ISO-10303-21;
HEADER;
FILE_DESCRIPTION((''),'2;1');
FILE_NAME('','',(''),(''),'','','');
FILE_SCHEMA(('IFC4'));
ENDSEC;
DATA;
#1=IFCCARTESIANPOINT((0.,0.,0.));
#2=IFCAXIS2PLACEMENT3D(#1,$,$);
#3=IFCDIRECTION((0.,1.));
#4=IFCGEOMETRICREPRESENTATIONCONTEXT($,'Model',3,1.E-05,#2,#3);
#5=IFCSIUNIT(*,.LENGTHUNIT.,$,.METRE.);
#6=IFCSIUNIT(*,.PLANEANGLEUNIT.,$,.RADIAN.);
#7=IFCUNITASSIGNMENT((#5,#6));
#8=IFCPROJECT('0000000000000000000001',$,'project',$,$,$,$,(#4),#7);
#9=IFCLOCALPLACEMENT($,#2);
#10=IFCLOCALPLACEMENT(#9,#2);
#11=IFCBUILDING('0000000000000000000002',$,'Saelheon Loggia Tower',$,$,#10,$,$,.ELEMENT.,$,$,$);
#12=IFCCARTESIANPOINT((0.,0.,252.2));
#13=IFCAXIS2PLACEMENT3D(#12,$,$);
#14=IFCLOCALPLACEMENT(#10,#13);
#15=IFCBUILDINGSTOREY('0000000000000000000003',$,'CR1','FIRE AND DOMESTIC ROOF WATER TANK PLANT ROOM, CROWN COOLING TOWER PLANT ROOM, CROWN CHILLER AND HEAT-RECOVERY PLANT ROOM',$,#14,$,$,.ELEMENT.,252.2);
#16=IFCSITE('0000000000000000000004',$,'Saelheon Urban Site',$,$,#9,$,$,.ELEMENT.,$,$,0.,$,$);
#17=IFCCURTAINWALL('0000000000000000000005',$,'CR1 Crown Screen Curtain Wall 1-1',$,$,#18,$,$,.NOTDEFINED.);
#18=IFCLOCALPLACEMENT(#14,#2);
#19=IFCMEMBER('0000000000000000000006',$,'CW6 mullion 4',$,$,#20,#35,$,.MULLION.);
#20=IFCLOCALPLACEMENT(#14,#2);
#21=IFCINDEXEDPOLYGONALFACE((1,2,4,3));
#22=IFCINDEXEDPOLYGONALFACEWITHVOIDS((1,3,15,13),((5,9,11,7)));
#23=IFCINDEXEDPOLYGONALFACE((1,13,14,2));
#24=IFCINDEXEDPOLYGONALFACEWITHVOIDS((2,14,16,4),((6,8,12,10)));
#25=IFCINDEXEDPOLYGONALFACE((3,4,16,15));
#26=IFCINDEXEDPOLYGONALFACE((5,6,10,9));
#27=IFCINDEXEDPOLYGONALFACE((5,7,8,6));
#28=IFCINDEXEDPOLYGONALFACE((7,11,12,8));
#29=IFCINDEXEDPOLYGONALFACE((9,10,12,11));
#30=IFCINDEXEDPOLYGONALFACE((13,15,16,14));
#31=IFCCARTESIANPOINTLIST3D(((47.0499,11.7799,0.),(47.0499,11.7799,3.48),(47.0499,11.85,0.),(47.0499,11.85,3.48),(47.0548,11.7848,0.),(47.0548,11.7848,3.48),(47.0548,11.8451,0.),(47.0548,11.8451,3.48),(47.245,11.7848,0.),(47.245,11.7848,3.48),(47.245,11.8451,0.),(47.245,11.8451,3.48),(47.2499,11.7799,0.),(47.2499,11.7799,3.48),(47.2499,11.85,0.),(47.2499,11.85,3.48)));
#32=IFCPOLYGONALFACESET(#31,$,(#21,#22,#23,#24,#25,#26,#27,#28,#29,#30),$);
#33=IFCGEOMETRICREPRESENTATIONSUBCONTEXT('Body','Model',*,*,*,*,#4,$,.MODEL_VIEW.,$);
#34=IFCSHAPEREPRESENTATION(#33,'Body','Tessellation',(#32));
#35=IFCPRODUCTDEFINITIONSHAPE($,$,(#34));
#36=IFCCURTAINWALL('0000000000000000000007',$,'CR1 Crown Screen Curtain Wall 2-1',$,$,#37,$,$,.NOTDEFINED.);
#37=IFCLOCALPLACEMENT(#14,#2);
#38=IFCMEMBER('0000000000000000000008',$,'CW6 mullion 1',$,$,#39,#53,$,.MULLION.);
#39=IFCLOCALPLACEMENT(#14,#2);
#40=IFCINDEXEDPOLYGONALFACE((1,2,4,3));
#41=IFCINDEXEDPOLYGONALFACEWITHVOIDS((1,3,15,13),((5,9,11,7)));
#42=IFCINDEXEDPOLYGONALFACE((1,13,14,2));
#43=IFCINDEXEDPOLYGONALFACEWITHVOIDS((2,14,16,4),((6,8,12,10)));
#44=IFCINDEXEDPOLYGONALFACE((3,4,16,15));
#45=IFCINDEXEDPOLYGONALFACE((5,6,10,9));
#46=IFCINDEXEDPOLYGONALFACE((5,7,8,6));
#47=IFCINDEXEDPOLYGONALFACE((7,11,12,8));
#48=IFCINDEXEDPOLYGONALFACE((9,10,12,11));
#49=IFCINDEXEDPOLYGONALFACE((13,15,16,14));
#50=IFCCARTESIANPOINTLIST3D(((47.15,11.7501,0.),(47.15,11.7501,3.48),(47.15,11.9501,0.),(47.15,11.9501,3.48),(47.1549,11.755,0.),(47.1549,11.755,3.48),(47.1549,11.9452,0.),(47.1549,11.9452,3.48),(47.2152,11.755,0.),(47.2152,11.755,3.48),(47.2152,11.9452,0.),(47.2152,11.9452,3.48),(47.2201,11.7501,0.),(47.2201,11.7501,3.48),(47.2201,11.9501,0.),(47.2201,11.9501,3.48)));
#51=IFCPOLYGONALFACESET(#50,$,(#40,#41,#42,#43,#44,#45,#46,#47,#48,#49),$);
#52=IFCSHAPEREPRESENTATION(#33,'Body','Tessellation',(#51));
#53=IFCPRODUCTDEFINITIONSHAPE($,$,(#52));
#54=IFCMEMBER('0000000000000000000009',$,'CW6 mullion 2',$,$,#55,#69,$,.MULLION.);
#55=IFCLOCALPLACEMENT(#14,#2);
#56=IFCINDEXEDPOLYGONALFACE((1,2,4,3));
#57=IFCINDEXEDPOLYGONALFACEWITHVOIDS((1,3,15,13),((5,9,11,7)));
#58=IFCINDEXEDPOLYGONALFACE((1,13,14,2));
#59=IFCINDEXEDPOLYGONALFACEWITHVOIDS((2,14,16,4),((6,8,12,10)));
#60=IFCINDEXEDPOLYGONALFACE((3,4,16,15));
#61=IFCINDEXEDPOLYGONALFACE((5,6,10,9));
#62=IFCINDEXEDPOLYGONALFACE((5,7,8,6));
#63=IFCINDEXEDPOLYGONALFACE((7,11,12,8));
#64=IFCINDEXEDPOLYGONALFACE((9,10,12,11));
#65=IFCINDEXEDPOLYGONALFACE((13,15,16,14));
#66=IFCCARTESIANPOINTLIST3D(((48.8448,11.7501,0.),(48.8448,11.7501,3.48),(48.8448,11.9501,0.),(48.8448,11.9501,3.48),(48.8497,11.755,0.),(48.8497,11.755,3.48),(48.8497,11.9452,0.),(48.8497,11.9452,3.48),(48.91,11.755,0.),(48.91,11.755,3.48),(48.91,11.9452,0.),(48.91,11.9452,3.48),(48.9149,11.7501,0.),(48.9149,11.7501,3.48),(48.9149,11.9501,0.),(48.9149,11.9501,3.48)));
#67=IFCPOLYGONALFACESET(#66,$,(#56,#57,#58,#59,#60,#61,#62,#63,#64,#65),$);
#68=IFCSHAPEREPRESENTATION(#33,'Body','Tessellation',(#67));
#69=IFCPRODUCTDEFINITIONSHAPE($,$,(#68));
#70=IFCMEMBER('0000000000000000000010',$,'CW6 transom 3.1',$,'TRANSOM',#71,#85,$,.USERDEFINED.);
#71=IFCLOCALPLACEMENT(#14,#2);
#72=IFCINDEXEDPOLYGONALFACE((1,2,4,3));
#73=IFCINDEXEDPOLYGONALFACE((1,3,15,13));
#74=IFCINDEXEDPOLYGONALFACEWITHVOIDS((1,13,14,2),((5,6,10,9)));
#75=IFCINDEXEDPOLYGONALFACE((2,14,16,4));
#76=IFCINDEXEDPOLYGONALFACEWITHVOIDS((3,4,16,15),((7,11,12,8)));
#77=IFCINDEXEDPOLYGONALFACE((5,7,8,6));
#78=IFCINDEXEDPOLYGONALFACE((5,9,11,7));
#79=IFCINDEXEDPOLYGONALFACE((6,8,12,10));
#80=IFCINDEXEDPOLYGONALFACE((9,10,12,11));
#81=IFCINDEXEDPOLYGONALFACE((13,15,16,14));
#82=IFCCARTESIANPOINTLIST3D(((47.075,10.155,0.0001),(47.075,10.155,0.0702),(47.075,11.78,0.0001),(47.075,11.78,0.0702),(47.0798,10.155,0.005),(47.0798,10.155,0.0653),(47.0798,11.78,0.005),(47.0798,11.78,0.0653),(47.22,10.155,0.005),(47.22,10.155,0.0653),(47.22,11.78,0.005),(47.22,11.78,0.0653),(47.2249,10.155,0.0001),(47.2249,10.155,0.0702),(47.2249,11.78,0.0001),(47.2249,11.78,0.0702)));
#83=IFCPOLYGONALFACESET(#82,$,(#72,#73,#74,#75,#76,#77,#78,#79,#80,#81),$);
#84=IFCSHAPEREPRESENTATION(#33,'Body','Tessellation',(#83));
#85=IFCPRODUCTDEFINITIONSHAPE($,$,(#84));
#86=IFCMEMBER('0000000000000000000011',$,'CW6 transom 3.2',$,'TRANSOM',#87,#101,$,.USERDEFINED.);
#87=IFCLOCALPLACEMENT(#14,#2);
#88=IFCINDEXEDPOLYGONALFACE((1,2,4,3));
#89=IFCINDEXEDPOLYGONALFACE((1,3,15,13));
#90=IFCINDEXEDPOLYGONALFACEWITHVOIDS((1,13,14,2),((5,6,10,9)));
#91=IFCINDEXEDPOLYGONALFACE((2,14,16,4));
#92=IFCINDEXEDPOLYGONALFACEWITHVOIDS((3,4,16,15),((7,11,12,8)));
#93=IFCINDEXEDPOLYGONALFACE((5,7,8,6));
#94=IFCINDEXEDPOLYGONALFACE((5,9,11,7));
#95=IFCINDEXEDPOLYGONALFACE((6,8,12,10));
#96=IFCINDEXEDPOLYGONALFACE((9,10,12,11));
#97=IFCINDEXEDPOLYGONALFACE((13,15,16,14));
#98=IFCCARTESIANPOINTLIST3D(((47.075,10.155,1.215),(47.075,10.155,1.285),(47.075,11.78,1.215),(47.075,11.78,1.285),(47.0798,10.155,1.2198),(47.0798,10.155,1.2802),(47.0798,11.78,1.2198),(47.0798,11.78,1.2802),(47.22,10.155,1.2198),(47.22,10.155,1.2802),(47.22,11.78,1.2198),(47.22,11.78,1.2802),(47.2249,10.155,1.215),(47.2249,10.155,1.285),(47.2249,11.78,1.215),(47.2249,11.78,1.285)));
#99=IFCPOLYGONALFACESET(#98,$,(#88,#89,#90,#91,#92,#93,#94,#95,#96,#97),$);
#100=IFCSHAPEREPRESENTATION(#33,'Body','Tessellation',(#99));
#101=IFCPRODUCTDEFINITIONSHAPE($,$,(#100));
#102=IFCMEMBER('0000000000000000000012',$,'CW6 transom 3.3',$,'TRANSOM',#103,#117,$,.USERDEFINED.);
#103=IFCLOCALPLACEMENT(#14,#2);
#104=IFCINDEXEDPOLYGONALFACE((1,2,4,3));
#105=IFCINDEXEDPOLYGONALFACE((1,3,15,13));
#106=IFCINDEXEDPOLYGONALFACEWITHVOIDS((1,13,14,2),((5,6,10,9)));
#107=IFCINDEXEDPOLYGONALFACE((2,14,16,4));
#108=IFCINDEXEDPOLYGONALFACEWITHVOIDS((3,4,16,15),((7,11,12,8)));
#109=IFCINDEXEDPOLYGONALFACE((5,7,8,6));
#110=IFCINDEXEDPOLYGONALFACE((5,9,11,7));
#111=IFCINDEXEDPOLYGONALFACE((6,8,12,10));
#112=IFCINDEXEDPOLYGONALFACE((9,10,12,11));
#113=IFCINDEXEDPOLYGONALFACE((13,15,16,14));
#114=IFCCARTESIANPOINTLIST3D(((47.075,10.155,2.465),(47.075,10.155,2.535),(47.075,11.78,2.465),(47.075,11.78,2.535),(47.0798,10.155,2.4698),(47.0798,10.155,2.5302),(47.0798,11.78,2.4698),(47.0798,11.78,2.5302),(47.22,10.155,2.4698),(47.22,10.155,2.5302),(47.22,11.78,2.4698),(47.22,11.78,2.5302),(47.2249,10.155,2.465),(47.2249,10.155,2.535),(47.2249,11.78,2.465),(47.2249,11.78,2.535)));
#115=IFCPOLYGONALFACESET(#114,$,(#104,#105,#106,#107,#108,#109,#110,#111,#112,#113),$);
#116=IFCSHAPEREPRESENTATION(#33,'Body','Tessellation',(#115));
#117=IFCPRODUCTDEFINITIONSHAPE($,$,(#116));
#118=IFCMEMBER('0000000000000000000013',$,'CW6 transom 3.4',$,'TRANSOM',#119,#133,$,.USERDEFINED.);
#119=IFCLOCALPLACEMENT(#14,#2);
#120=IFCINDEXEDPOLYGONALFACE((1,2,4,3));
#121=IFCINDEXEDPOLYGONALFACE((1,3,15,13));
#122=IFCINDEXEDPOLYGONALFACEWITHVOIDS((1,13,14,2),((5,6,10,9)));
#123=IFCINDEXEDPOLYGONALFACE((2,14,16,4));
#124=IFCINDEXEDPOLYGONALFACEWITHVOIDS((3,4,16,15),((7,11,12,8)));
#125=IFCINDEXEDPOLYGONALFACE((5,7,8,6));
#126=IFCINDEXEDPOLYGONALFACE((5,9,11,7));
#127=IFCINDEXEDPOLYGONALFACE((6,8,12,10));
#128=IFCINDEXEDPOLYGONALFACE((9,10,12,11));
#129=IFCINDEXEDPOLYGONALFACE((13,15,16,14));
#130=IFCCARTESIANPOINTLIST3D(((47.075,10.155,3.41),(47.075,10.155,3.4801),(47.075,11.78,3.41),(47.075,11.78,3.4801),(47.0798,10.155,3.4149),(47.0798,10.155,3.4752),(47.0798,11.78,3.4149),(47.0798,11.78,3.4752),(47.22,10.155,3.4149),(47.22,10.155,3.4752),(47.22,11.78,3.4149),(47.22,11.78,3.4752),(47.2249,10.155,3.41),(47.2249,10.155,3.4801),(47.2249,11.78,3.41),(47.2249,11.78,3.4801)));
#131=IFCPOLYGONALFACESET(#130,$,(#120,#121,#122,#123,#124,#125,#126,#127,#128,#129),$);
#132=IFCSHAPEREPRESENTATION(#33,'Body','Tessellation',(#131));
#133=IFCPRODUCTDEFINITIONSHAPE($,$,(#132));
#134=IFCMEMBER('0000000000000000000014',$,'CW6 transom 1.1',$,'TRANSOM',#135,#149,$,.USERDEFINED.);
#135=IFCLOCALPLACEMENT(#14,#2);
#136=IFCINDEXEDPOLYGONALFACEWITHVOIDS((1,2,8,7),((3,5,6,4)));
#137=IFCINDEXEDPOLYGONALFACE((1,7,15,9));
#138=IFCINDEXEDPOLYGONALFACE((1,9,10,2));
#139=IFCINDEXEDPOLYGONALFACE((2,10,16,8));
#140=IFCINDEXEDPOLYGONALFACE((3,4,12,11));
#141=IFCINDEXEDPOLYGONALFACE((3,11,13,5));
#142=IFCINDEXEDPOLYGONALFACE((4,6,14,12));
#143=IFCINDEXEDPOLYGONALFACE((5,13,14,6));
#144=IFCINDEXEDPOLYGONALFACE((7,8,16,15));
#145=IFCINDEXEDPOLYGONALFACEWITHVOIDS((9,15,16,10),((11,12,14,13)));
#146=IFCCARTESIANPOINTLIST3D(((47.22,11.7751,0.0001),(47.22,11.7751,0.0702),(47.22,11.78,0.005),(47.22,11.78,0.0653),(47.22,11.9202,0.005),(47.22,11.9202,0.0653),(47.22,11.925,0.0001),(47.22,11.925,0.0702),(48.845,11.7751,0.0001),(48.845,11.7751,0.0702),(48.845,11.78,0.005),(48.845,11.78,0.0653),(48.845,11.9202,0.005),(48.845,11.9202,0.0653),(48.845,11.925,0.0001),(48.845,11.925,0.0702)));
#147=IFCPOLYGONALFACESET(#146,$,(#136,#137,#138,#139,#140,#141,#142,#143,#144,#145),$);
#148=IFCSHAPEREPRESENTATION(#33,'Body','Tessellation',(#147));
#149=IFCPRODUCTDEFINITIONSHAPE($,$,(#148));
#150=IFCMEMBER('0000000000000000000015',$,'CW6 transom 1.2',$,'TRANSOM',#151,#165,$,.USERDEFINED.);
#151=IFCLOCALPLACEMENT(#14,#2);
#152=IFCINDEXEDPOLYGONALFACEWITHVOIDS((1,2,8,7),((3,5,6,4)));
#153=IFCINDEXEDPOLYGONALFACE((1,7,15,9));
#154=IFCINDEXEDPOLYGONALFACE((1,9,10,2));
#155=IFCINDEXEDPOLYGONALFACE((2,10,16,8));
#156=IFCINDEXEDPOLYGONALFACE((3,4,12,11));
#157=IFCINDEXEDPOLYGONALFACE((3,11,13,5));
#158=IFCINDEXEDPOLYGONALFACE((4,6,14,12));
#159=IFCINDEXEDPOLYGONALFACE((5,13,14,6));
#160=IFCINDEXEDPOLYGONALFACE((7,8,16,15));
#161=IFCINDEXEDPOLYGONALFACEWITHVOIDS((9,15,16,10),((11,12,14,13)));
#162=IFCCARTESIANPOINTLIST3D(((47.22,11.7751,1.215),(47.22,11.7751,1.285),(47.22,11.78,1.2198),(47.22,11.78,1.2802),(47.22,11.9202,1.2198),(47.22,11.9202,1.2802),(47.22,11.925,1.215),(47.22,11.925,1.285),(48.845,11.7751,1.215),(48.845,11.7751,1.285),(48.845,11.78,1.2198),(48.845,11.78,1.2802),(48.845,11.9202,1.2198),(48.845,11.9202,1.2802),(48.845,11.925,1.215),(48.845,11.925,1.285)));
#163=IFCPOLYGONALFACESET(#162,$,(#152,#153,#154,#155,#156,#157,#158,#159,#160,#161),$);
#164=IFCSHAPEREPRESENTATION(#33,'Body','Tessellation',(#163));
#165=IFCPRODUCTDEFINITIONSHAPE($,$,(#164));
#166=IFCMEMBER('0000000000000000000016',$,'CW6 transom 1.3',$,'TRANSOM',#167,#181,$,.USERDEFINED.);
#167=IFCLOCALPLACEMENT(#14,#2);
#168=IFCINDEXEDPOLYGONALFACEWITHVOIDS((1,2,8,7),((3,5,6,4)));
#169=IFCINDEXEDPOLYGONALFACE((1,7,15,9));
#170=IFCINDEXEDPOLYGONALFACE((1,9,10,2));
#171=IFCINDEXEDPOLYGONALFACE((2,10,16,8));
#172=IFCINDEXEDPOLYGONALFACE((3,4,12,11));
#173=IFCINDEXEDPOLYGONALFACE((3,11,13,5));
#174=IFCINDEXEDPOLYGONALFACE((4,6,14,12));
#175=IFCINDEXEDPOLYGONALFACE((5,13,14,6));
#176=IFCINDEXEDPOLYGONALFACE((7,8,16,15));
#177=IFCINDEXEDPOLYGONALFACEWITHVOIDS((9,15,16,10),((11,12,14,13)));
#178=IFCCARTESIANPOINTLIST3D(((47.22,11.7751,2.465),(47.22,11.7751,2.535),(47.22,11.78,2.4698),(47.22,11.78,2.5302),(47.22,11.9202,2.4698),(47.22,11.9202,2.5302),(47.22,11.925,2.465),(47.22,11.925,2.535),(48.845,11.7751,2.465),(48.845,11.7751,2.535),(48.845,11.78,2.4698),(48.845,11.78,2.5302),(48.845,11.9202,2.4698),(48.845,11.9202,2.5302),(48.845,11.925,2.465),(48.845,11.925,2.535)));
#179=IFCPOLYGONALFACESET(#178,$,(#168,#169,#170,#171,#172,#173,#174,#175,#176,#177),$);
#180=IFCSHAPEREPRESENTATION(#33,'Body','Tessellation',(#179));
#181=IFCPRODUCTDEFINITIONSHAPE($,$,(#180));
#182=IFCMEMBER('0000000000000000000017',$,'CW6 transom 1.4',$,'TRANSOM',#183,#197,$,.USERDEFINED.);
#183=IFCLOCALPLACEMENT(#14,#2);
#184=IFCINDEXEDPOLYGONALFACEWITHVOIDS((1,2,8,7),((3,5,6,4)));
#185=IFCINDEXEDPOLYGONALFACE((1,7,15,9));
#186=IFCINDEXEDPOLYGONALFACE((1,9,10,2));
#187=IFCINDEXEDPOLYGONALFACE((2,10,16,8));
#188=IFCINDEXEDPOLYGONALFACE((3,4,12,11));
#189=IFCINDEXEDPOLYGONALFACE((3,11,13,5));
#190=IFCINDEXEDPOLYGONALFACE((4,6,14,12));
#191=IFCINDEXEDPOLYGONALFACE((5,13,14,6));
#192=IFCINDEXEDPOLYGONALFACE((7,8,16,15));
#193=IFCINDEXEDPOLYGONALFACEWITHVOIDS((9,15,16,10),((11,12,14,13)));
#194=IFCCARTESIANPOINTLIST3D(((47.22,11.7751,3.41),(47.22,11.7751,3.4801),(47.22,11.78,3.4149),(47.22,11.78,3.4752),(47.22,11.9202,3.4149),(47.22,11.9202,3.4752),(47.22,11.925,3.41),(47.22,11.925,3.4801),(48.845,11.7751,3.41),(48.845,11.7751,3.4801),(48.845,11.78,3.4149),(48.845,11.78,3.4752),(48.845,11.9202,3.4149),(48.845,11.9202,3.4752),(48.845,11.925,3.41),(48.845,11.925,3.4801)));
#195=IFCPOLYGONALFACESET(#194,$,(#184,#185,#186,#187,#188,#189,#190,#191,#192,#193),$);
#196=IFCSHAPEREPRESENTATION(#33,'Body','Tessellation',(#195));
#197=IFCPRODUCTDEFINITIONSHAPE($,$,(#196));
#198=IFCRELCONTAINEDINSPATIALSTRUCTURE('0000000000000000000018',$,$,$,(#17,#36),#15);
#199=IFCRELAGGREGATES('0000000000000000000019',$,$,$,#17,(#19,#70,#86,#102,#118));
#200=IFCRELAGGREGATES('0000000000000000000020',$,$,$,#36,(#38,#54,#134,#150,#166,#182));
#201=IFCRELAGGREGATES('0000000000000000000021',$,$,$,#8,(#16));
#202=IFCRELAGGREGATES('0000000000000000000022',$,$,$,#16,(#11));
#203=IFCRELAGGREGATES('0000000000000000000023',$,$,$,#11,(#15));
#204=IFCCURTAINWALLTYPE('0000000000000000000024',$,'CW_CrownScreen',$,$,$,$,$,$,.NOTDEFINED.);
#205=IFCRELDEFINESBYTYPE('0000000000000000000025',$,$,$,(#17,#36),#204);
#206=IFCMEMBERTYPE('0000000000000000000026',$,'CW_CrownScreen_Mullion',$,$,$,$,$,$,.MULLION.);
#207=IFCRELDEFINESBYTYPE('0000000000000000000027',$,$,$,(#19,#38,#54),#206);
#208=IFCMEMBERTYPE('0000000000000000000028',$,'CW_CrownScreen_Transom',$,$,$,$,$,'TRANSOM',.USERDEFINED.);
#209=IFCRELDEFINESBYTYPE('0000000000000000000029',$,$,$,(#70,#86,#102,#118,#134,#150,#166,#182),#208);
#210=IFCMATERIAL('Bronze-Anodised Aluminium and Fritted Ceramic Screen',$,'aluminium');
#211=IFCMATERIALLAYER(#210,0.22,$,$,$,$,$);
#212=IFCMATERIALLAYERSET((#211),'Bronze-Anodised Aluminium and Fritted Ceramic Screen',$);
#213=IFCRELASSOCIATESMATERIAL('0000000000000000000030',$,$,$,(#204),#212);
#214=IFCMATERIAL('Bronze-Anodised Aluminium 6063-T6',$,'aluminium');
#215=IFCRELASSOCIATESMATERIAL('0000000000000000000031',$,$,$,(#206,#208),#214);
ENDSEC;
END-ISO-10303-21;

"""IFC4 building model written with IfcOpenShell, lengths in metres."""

from ifc_helpers import new_model, si_unit, direction, frame, origin, origin_2d, place, context, subcontext, project, spatial, hollow_rectangle, extrude, source, transform, mapped, material, layer, layer_set, material_profile, profile_set, type_object, element, aggregate, save


model = new_model("IFC4")

# Units and contexts
model_context = context("Model", 3, precision=1e-05, world=origin(), true_north=direction((0.0, 1.0)))
body_context = subcontext(model_context, "Body", "Model", "MODEL_VIEW")
ifc_project = project(units=[si_unit("LENGTHUNIT", "METRE"), si_unit("PLANEANGLEUNIT", "RADIAN")], contexts=[model_context])

# Site, building, storey
site_placement = place(None, origin())
site = spatial("IfcSite", under=ifc_project, at=site_placement, Name="Saelheon Urban Site", CompositionType="ELEMENT", RefElevation=0.0)
building_placement = place(site_placement, origin())
building = spatial("IfcBuilding", under=site, at=building_placement, Name="Saelheon Loggia Tower", CompositionType="ELEMENT")
storey_placement = place(building_placement, frame((0.0, 0.0, 252.2)))
storey = spatial("IfcBuildingStorey", under=building, at=storey_placement, Name="CR1", Description="FIRE AND DOMESTIC ROOF WATER TANK PLANT ROOM, CROWN COOLING TOWER PLANT ROOM, CROWN CHILLER AND HEAT-RECOVERY PLANT ROOM", CompositionType="ELEMENT", Elevation=252.2)

# Curtain wall, member
ifc_material_1 = material(Name="Bronze-Anodised Aluminium and Fritted Ceramic Screen", Category="aluminium")
ifc_layer_1 = layer(ifc_material_1, 0.22)
ifc_layer_set_1 = layer_set([ifc_layer_1], Name="Bronze-Anodised Aluminium and Fritted Ceramic Screen")
curtain_wall_type = type_object("IfcCurtainWallType", Name="CW_CrownScreen", PredefinedType="NOTDEFINED", material=ifc_layer_set_1)
curtain_wall_1_placement = place(storey_placement, origin())
curtain_wall_1 = element("IfcCurtainWall", 1, at=curtain_wall_1_placement, inside=storey, type_object=curtain_wall_type, Name="CR1 Crown Screen Curtain Wall 1-1", PredefinedType="NOTDEFINED")
ifc_material_2 = material(Name="Bronze-Anodised Aluminium 6063-T6", Category="aluminium")
ifc_material_profile_1 = material_profile(ifc_material_2, hollow_rectangle(XDim=0.0701, YDim=0.2, WallThickness=0.0049, at=origin_2d()), Name="RHS-200x70x5")
ifc_profile_set_1 = profile_set([ifc_material_profile_1], Name="Bronze-Anodised Aluminium 6063-T6")
member_type_1 = type_object("IfcMemberType", Name="CW_CrownScreen_Mullion", PredefinedType="MULLION", material=ifc_profile_set_1)
shared_shape_1 = source(origin(), body_context, "Body", "SweptSolid", [
    extrude(hollow_rectangle(XDim=0.0701, YDim=0.2, WallThickness=0.0049, at=origin_2d()), origin(), (0.0, 0.0, 1.0), 3.48),
])
member_1_placement = place(storey_placement, frame((47.1499, 11.8149, 0.0), z_axis=(0.0, 0.0, 1.0), x_axis=(0.0, 1.0, 0.0)))
member_1 = element("IfcMember", 2, at=member_1_placement, type_object=member_type_1, Name="CW6 mullion 4", PredefinedType="MULLION", context=body_context, shape_type="MappedRepresentation", body=[
    mapped(shared_shape_1, transform((0.0, 0.0, 0.0), scale=1.0)),
])

# Curtain wall, members
curtain_wall_2_placement = place(storey_placement, origin())
curtain_wall_2 = element("IfcCurtainWall", 3, at=curtain_wall_2_placement, inside=storey, type_object=curtain_wall_type, Name="CR1 Crown Screen Curtain Wall 2-1", PredefinedType="NOTDEFINED")
member_2_placement = place(storey_placement, frame((47.1851, 11.8501, 0.0), z_axis=(0.0, 0.0, 1.0), x_axis=(1.0, 0.0, 0.0)))
member_2 = element("IfcMember", 4, at=member_2_placement, type_object=member_type_1, Name="CW6 mullion 1", PredefinedType="MULLION", context=body_context, shape_type="MappedRepresentation", body=[
    mapped(shared_shape_1, transform((0.0, 0.0, 0.0), scale=1.0)),
])
member_3_placement = place(storey_placement, frame((48.8799, 11.8501, 0.0), z_axis=(0.0, 0.0, 1.0), x_axis=(1.0, 0.0, 0.0)))
member_3 = element("IfcMember", 5, at=member_3_placement, type_object=member_type_1, Name="CW6 mullion 2", PredefinedType="MULLION", context=body_context, shape_type="MappedRepresentation", body=[
    mapped(shared_shape_1, transform((0.0, 0.0, 0.0), scale=1.0)),
])

# Members
ifc_material_profile_2 = material_profile(ifc_material_2, hollow_rectangle(XDim=0.0701, YDim=0.1499, WallThickness=0.0049, at=origin_2d()), Name="RHS-150x70x5")
ifc_profile_set_2 = profile_set([ifc_material_profile_2], Name="Bronze-Anodised Aluminium 6063-T6")
member_type_2 = type_object("IfcMemberType", Name="CW_CrownScreen_Transom", ElementType="TRANSOM", PredefinedType="USERDEFINED", material=ifc_profile_set_2)
shared_shape_2 = source(origin(), body_context, "Body", "SweptSolid", [
    extrude(hollow_rectangle(XDim=0.0701, YDim=0.1499, WallThickness=0.0049, at=origin_2d()), origin(), (0.0, 0.0, 1.0), 1.625),
])
member_4_placement = place(storey_placement, frame((47.1499, 10.155, 0.0352), z_axis=(0.0, 1.0, 0.0), x_axis=(0.0, 0.0, 1.0)))
member_4 = element("IfcMember", 6, at=member_4_placement, type_object=member_type_2, Name="CW6 transom 3.1", ObjectType="TRANSOM", PredefinedType="USERDEFINED", context=body_context, shape_type="MappedRepresentation", body=[
    mapped(shared_shape_2, transform((0.0, 0.0, 0.0), scale=1.0)),
])
member_5_placement = place(storey_placement, frame((47.1499, 10.155, 1.25), z_axis=(0.0, 1.0, 0.0), x_axis=(0.0, 0.0, 1.0)))
member_5 = element("IfcMember", 7, at=member_5_placement, type_object=member_type_2, Name="CW6 transom 3.2", ObjectType="TRANSOM", PredefinedType="USERDEFINED", context=body_context, shape_type="MappedRepresentation", body=[
    mapped(shared_shape_2, transform((0.0, 0.0, 0.0), scale=1.0)),
])
member_6_placement = place(storey_placement, frame((47.1499, 10.155, 2.5), z_axis=(0.0, 1.0, 0.0), x_axis=(0.0, 0.0, 1.0)))
member_6 = element("IfcMember", 8, at=member_6_placement, type_object=member_type_2, Name="CW6 transom 3.3", ObjectType="TRANSOM", PredefinedType="USERDEFINED", context=body_context, shape_type="MappedRepresentation", body=[
    mapped(shared_shape_2, transform((0.0, 0.0, 0.0), scale=1.0)),
])
member_7_placement = place(storey_placement, frame((47.1499, 10.155, 3.4451), z_axis=(0.0, 1.0, 0.0), x_axis=(0.0, 0.0, 1.0)))
member_7 = element("IfcMember", 9, at=member_7_placement, type_object=member_type_2, Name="CW6 transom 3.4", ObjectType="TRANSOM", PredefinedType="USERDEFINED", context=body_context, shape_type="MappedRepresentation", body=[
    mapped(shared_shape_2, transform((0.0, 0.0, 0.0), scale=1.0)),
])
member_8_placement = place(storey_placement, frame((47.22, 11.8501, 0.0352), z_axis=(1.0, 0.0, 0.0), x_axis=(0.0, 0.0, 1.0)))
member_8 = element("IfcMember", 10, at=member_8_placement, type_object=member_type_2, Name="CW6 transom 1.1", ObjectType="TRANSOM", PredefinedType="USERDEFINED", context=body_context, shape_type="MappedRepresentation", body=[
    mapped(shared_shape_2, transform((0.0, 0.0, 0.0), scale=1.0)),
])
member_9_placement = place(storey_placement, frame((47.22, 11.8501, 1.25), z_axis=(1.0, 0.0, 0.0), x_axis=(0.0, 0.0, 1.0)))
member_9 = element("IfcMember", 11, at=member_9_placement, type_object=member_type_2, Name="CW6 transom 1.2", ObjectType="TRANSOM", PredefinedType="USERDEFINED", context=body_context, shape_type="MappedRepresentation", body=[
    mapped(shared_shape_2, transform((0.0, 0.0, 0.0), scale=1.0)),
])
member_10_placement = place(storey_placement, frame((47.22, 11.8501, 2.5), z_axis=(1.0, 0.0, 0.0), x_axis=(0.0, 0.0, 1.0)))
member_10 = element("IfcMember", 12, at=member_10_placement, type_object=member_type_2, Name="CW6 transom 1.3", ObjectType="TRANSOM", PredefinedType="USERDEFINED", context=body_context, shape_type="MappedRepresentation", body=[
    mapped(shared_shape_2, transform((0.0, 0.0, 0.0), scale=1.0)),
])
member_11_placement = place(storey_placement, frame((47.22, 11.8501, 3.4451), z_axis=(1.0, 0.0, 0.0), x_axis=(0.0, 0.0, 1.0)))
member_11 = element("IfcMember", 13, at=member_11_placement, type_object=member_type_2, Name="CW6 transom 1.4", ObjectType="TRANSOM", PredefinedType="USERDEFINED", context=body_context, shape_type="MappedRepresentation", body=[
    mapped(shared_shape_2, transform((0.0, 0.0, 0.0), scale=1.0)),
])

aggregate(curtain_wall_1, [member_1, member_4, member_5, member_6, member_7])
aggregate(curtain_wall_2, [member_2, member_3, member_8, member_9, member_10, member_11])

save(model, "model.ifc")
